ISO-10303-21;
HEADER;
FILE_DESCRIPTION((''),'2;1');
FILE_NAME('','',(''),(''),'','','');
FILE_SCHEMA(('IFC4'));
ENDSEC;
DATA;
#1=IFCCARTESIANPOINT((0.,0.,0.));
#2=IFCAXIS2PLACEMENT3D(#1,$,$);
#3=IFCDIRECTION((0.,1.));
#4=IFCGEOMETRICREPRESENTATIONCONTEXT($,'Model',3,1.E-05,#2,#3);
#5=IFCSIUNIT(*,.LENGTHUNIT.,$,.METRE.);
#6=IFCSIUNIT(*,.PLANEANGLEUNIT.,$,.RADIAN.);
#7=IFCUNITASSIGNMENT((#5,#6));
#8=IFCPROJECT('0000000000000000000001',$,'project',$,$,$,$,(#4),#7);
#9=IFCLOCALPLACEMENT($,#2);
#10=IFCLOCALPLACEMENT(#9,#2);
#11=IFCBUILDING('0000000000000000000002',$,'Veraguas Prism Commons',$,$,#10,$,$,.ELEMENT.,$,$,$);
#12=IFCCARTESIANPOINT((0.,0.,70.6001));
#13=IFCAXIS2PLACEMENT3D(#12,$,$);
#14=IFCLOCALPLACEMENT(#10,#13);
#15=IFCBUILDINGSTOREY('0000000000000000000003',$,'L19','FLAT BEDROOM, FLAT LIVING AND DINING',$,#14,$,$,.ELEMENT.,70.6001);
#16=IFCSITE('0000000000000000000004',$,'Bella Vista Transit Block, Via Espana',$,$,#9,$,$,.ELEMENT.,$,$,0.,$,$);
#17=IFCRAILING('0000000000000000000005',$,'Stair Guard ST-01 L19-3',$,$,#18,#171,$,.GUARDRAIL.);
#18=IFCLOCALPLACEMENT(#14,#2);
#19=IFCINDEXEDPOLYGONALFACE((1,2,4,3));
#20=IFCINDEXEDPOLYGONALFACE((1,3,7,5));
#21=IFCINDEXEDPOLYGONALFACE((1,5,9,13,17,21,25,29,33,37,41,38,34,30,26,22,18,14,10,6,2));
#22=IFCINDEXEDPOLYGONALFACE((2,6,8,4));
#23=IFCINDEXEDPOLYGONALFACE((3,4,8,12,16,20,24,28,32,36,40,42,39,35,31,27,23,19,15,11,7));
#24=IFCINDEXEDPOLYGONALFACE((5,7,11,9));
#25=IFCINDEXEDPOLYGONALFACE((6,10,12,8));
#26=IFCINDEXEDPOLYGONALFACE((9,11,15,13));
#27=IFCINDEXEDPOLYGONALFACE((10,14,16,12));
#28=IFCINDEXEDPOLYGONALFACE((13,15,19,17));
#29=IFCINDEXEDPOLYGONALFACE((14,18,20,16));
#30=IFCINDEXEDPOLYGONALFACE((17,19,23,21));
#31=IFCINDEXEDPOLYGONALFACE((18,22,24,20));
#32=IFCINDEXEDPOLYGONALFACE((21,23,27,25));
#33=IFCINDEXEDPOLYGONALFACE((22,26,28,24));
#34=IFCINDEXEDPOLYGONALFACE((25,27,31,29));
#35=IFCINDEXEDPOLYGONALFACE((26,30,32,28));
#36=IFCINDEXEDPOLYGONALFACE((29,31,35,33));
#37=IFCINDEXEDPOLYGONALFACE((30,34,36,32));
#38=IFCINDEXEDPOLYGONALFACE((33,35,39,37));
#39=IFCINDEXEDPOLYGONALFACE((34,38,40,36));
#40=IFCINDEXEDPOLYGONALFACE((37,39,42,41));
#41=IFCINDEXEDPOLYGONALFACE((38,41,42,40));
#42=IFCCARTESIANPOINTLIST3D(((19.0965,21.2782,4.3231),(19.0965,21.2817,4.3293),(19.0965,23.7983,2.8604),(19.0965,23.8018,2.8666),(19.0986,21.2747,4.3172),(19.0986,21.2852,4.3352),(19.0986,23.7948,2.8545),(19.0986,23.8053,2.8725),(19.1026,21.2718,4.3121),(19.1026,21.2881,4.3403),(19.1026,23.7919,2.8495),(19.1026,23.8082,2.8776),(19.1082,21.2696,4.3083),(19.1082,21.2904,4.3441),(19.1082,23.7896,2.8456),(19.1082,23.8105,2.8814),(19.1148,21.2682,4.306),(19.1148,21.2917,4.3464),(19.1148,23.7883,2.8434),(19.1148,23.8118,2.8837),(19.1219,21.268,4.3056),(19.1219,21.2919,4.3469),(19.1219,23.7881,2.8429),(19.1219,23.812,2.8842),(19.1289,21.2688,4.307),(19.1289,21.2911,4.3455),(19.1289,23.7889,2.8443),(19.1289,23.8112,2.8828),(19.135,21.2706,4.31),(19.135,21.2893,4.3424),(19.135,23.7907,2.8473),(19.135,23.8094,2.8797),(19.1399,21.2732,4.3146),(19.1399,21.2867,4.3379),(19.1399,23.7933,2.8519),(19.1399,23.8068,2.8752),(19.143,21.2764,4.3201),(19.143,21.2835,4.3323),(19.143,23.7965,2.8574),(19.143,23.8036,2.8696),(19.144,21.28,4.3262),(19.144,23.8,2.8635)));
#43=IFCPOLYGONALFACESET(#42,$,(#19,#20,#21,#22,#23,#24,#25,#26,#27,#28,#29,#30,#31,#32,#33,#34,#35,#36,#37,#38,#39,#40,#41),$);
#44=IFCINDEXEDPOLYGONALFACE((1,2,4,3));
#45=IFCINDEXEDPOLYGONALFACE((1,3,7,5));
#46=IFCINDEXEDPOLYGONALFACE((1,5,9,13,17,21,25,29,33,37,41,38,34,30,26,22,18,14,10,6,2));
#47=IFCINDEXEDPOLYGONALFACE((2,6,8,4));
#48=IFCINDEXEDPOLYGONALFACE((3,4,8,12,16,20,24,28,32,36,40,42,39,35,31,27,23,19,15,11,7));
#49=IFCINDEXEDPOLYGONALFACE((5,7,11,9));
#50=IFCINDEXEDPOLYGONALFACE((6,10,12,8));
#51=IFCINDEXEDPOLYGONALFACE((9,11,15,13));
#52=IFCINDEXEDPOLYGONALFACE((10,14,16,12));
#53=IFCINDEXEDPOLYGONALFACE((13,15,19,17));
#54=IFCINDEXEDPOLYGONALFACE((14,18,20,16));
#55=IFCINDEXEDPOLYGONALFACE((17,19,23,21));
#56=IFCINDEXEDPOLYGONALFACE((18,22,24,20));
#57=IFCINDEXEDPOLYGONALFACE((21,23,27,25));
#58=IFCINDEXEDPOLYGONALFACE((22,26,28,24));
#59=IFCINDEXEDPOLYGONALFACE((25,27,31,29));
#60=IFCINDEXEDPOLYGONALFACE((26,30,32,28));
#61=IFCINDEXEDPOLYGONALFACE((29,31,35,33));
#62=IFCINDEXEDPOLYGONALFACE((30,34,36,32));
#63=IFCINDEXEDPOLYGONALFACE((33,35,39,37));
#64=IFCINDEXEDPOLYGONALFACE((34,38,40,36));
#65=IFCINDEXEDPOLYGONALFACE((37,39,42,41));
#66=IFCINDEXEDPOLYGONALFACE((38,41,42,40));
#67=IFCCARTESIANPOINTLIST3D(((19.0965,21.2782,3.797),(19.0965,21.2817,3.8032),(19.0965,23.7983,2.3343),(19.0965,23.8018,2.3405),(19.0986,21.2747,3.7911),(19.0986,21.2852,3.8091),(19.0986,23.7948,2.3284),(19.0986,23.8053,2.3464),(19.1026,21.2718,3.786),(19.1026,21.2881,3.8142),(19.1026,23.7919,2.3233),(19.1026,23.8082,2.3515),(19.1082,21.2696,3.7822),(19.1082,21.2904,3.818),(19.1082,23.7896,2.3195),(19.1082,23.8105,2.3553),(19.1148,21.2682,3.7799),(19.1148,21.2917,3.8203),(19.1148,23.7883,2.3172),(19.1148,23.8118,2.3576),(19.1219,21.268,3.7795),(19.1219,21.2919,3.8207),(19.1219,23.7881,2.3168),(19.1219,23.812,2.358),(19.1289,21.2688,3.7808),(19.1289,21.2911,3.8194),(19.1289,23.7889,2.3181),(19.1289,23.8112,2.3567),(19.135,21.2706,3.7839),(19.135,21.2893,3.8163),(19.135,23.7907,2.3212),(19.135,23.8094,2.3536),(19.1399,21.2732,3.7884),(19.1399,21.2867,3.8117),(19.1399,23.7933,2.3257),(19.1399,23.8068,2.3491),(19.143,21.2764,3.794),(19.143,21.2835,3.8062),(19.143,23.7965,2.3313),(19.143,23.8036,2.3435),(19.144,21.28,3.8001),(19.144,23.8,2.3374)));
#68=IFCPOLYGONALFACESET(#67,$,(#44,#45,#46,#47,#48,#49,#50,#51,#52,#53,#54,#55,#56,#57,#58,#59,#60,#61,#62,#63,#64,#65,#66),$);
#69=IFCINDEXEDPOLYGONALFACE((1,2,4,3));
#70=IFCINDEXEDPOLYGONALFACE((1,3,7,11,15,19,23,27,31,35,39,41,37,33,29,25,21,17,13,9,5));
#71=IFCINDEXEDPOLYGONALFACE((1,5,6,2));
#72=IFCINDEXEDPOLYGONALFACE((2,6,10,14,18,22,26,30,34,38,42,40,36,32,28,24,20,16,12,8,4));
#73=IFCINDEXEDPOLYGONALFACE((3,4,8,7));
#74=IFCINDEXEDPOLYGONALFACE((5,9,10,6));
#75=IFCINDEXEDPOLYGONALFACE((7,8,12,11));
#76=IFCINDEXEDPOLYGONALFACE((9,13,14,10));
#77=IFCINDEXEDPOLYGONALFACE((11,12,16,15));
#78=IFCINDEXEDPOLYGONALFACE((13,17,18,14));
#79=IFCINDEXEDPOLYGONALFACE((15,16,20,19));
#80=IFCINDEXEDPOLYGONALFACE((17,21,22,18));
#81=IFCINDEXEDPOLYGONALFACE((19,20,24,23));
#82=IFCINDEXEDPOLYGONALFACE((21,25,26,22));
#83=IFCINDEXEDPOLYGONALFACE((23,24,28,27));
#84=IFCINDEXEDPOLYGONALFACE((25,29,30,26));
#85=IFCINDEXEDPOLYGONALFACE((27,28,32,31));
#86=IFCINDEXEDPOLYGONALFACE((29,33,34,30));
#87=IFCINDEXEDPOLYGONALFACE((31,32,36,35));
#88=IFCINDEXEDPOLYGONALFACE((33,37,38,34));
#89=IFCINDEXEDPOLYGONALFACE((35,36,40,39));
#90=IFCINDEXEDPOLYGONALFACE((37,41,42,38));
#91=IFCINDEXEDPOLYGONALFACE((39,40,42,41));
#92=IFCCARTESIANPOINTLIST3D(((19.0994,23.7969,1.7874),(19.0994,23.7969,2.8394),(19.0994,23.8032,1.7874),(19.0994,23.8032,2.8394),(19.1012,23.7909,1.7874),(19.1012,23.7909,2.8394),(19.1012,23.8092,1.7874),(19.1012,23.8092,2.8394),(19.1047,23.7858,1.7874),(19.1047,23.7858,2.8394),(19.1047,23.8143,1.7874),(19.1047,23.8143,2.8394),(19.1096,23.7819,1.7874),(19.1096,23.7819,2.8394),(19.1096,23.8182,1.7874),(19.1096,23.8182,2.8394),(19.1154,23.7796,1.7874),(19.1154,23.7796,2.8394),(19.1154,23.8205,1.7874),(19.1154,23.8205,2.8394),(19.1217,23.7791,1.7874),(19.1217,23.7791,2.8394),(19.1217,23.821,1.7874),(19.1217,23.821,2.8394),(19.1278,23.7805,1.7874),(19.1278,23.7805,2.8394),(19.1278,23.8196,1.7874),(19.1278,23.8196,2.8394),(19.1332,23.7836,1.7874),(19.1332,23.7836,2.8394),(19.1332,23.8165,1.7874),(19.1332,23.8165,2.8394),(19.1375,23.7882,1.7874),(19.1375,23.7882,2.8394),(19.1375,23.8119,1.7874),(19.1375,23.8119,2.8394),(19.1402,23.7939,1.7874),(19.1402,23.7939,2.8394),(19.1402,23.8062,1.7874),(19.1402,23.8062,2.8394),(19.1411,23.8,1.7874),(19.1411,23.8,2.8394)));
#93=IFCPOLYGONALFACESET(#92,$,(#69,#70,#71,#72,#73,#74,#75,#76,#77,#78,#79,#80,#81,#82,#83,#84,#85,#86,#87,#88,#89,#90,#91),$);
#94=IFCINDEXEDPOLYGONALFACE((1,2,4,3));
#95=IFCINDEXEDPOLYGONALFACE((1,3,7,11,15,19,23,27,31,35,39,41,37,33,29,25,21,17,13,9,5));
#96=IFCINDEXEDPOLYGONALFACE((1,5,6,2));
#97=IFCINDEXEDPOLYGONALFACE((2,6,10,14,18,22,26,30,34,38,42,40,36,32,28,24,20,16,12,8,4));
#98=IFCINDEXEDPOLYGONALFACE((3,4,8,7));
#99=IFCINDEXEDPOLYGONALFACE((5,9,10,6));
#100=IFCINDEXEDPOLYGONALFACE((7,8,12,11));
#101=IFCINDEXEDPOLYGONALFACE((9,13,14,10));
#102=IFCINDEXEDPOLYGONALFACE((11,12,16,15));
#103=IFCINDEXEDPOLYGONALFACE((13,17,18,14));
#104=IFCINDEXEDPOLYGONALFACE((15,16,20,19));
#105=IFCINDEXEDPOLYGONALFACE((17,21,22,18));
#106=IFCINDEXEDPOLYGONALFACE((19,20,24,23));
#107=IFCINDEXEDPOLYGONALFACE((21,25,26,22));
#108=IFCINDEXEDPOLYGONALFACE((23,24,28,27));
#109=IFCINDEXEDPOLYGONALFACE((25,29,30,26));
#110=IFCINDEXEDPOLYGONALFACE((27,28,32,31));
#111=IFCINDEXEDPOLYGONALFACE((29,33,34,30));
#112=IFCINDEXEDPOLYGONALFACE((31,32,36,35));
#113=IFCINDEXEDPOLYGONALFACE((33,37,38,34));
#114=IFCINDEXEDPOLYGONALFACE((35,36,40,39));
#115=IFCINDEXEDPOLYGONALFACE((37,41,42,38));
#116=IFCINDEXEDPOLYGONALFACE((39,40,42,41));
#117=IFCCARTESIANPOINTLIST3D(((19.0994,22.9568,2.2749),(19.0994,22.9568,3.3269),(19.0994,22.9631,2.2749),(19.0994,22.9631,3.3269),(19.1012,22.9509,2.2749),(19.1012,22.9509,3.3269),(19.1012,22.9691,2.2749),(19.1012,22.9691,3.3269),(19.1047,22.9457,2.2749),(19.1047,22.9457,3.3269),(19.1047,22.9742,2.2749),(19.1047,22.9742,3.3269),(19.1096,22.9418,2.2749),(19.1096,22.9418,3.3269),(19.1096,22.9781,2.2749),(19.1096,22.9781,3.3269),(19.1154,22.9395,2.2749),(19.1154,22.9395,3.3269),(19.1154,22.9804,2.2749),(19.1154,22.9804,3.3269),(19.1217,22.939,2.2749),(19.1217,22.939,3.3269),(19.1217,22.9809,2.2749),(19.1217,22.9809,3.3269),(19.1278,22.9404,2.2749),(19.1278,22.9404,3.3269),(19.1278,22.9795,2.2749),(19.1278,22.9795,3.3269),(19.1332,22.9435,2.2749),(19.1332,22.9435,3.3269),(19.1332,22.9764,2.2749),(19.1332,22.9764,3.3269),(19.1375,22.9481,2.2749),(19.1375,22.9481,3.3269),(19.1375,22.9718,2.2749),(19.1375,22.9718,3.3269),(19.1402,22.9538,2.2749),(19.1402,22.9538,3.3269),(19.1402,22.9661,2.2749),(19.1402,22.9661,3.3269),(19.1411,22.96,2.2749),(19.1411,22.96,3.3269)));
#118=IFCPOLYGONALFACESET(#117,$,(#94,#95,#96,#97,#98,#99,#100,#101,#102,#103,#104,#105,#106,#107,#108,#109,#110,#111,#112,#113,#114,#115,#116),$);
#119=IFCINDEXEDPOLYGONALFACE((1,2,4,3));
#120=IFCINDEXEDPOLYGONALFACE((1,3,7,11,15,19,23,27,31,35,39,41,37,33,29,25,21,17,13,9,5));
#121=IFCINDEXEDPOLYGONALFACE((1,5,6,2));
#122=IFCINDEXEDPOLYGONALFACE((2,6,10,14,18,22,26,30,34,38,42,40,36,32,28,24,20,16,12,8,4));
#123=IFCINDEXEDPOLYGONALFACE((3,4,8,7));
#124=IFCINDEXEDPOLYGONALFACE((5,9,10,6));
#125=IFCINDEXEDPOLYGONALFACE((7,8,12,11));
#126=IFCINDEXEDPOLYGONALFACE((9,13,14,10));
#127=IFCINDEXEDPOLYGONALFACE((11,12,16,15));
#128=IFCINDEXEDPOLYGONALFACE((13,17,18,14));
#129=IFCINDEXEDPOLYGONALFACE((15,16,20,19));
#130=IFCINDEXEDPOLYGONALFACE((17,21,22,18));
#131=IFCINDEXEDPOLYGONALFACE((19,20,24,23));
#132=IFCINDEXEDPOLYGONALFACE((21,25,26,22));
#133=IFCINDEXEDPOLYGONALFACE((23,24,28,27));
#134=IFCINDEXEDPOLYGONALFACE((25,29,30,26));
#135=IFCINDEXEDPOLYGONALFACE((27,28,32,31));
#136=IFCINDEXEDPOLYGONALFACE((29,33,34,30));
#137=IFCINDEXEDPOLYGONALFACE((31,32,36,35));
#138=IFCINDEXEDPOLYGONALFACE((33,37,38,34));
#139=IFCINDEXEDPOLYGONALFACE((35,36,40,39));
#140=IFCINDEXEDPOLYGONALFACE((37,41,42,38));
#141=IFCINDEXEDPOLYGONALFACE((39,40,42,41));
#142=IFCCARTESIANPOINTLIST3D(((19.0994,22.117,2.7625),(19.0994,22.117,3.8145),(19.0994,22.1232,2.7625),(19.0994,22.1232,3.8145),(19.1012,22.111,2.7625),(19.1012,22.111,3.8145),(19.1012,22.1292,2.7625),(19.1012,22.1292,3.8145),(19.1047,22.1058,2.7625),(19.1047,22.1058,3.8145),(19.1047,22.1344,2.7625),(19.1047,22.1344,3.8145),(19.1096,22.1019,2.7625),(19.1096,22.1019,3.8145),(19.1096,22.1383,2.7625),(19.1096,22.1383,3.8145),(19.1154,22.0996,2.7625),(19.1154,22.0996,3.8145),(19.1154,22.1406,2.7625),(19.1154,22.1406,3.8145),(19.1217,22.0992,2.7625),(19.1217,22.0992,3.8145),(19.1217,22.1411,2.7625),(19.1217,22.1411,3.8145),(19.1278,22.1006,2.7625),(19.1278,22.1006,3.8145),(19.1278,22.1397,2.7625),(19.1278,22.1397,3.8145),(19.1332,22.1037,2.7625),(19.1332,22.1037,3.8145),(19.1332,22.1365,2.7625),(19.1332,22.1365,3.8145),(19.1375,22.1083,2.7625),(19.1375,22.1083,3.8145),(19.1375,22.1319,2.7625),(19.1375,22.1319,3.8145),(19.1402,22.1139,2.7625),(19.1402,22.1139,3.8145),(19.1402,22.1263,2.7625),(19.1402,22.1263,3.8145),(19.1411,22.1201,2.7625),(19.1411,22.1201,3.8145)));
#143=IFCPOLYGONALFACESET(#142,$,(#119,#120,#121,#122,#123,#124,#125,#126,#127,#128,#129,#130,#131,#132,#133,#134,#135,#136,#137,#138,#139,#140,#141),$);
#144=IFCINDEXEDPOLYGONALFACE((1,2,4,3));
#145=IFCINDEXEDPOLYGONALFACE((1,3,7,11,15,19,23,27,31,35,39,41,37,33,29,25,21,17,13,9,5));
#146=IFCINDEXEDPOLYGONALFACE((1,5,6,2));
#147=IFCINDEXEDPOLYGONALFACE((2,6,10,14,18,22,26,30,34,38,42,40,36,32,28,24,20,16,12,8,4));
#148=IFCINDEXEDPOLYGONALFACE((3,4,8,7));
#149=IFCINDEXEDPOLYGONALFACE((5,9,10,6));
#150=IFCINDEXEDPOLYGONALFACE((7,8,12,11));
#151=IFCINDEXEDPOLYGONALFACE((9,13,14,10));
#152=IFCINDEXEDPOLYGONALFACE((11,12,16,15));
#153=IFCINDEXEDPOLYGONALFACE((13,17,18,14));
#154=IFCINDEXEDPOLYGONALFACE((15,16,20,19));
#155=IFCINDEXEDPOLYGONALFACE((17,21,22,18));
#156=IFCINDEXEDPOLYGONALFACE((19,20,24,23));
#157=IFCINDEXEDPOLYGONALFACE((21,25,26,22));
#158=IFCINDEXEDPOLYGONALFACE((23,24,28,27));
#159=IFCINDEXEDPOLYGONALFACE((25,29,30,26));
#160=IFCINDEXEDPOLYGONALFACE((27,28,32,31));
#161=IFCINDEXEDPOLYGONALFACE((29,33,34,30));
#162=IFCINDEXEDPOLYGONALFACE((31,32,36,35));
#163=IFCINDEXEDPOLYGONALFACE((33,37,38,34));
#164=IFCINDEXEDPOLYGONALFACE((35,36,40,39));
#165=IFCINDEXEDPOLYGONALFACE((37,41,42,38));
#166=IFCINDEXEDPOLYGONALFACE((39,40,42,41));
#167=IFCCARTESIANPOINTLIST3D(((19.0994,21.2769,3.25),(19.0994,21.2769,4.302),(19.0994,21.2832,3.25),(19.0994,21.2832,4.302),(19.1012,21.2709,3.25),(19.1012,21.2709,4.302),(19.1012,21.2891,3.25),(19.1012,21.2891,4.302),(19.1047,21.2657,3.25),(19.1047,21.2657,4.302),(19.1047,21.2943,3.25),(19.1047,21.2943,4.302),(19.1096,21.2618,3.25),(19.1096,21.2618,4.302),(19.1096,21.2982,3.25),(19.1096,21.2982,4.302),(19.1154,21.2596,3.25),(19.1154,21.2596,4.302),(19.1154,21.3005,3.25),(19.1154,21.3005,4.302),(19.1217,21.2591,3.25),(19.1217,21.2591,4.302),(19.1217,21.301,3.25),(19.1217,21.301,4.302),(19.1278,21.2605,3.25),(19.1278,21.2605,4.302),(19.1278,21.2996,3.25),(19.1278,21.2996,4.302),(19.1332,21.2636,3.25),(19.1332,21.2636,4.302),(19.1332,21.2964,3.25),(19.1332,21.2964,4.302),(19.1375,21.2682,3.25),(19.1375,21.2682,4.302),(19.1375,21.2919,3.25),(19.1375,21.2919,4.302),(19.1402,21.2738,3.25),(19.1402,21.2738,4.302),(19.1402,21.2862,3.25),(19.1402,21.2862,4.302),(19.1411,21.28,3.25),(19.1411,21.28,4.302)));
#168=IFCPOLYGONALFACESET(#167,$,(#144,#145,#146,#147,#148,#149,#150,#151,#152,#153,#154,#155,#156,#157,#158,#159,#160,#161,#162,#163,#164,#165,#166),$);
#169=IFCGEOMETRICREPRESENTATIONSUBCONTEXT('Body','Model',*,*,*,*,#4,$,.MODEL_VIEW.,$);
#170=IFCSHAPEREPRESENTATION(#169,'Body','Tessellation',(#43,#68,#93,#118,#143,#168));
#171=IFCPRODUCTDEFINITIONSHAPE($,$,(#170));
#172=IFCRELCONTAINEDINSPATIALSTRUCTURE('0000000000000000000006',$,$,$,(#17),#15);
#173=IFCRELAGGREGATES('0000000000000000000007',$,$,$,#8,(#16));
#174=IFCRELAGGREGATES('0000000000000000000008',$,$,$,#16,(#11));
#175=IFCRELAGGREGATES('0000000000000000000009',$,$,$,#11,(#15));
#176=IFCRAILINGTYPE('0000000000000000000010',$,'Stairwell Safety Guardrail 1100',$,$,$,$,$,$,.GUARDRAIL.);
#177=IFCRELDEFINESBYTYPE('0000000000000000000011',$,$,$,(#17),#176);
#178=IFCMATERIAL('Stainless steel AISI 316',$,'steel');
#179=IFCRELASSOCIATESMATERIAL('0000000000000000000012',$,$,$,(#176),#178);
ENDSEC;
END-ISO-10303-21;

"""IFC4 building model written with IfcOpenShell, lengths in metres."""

from ifc_helpers import new_model, si_unit, direction, frame, origin, origin_2d, place, context, subcontext, project, spatial, circle, extrude, material, type_object, element, save


model = new_model("IFC4")

# Units and contexts
model_context = context("Model", 3, precision=1e-05, world=origin(), true_north=direction((0.0, 1.0)))
body_context = subcontext(model_context, "Body", "Model", "MODEL_VIEW")
ifc_project = project(units=[si_unit("LENGTHUNIT", "METRE"), si_unit("PLANEANGLEUNIT", "RADIAN")], contexts=[model_context])

# Site, building, storey
site_placement = place(None, origin())
site = spatial("IfcSite", under=ifc_project, at=site_placement, Name="Bella Vista Transit Block, Via Espana", CompositionType="ELEMENT", RefElevation=0.0)
building_placement = place(site_placement, origin())
building = spatial("IfcBuilding", under=site, at=building_placement, Name="Veraguas Prism Commons", CompositionType="ELEMENT")
storey_placement = place(building_placement, frame((0.0, 0.0, 70.6001)))
storey = spatial("IfcBuildingStorey", under=building, at=storey_placement, Name="L19", Description="FLAT BEDROOM, FLAT LIVING AND DINING", CompositionType="ELEMENT", Elevation=70.6001)

# Railing
ifc_material_1 = material(Name="Stainless steel AISI 316", Category="steel")
railing_type_1 = type_object("IfcRailingType", Name="Stairwell Safety Guardrail 1100", PredefinedType="GUARDRAIL", material=ifc_material_1)
railing_1_placement = place(storey_placement, frame((19.1201, 23.8, 1.7874)))
element("IfcRailing", 1, at=railing_1_placement, inside=storey, type_object=railing_type_1, Name="Stair Guard ST-01 L19-3", PredefinedType="GUARDRAIL", context=body_context, shape_type="SweptSolid", body=[
    extrude(circle(Radius=0.0239, at=origin_2d()), frame((0.0, 0.0, 1.0762), z_axis=(0.0, -0.864877, 0.501984), x_axis=(1.0, 0.0, 0.0)), (0.0, 0.0, 1.0), 2.9138),
    extrude(circle(Radius=0.0239, at=origin_2d()), frame((0.0, 0.0, 0.55), z_axis=(0.0, -0.864877, 0.501984), x_axis=(1.0, 0.0, 0.0)), (0.0, 0.0, 1.0), 2.9138),
    extrude(circle(Radius=0.021, at=origin_2d()), origin(), (0.0, 0.0, 1.0), 1.052),
    extrude(circle(Radius=0.021, at=origin_2d()), frame((0.0, -0.8401, 0.4875)), (0.0, 0.0, 1.0), 1.052),
    extrude(circle(Radius=0.021, at=origin_2d()), frame((0.0, -1.6799, 0.9751)), (0.0, 0.0, 1.0), 1.052),
    extrude(circle(Radius=0.021, at=origin_2d()), frame((0.0, -2.52, 1.4626)), (0.0, 0.0, 1.0), 1.052),
])

save(model, "model.ifc")
